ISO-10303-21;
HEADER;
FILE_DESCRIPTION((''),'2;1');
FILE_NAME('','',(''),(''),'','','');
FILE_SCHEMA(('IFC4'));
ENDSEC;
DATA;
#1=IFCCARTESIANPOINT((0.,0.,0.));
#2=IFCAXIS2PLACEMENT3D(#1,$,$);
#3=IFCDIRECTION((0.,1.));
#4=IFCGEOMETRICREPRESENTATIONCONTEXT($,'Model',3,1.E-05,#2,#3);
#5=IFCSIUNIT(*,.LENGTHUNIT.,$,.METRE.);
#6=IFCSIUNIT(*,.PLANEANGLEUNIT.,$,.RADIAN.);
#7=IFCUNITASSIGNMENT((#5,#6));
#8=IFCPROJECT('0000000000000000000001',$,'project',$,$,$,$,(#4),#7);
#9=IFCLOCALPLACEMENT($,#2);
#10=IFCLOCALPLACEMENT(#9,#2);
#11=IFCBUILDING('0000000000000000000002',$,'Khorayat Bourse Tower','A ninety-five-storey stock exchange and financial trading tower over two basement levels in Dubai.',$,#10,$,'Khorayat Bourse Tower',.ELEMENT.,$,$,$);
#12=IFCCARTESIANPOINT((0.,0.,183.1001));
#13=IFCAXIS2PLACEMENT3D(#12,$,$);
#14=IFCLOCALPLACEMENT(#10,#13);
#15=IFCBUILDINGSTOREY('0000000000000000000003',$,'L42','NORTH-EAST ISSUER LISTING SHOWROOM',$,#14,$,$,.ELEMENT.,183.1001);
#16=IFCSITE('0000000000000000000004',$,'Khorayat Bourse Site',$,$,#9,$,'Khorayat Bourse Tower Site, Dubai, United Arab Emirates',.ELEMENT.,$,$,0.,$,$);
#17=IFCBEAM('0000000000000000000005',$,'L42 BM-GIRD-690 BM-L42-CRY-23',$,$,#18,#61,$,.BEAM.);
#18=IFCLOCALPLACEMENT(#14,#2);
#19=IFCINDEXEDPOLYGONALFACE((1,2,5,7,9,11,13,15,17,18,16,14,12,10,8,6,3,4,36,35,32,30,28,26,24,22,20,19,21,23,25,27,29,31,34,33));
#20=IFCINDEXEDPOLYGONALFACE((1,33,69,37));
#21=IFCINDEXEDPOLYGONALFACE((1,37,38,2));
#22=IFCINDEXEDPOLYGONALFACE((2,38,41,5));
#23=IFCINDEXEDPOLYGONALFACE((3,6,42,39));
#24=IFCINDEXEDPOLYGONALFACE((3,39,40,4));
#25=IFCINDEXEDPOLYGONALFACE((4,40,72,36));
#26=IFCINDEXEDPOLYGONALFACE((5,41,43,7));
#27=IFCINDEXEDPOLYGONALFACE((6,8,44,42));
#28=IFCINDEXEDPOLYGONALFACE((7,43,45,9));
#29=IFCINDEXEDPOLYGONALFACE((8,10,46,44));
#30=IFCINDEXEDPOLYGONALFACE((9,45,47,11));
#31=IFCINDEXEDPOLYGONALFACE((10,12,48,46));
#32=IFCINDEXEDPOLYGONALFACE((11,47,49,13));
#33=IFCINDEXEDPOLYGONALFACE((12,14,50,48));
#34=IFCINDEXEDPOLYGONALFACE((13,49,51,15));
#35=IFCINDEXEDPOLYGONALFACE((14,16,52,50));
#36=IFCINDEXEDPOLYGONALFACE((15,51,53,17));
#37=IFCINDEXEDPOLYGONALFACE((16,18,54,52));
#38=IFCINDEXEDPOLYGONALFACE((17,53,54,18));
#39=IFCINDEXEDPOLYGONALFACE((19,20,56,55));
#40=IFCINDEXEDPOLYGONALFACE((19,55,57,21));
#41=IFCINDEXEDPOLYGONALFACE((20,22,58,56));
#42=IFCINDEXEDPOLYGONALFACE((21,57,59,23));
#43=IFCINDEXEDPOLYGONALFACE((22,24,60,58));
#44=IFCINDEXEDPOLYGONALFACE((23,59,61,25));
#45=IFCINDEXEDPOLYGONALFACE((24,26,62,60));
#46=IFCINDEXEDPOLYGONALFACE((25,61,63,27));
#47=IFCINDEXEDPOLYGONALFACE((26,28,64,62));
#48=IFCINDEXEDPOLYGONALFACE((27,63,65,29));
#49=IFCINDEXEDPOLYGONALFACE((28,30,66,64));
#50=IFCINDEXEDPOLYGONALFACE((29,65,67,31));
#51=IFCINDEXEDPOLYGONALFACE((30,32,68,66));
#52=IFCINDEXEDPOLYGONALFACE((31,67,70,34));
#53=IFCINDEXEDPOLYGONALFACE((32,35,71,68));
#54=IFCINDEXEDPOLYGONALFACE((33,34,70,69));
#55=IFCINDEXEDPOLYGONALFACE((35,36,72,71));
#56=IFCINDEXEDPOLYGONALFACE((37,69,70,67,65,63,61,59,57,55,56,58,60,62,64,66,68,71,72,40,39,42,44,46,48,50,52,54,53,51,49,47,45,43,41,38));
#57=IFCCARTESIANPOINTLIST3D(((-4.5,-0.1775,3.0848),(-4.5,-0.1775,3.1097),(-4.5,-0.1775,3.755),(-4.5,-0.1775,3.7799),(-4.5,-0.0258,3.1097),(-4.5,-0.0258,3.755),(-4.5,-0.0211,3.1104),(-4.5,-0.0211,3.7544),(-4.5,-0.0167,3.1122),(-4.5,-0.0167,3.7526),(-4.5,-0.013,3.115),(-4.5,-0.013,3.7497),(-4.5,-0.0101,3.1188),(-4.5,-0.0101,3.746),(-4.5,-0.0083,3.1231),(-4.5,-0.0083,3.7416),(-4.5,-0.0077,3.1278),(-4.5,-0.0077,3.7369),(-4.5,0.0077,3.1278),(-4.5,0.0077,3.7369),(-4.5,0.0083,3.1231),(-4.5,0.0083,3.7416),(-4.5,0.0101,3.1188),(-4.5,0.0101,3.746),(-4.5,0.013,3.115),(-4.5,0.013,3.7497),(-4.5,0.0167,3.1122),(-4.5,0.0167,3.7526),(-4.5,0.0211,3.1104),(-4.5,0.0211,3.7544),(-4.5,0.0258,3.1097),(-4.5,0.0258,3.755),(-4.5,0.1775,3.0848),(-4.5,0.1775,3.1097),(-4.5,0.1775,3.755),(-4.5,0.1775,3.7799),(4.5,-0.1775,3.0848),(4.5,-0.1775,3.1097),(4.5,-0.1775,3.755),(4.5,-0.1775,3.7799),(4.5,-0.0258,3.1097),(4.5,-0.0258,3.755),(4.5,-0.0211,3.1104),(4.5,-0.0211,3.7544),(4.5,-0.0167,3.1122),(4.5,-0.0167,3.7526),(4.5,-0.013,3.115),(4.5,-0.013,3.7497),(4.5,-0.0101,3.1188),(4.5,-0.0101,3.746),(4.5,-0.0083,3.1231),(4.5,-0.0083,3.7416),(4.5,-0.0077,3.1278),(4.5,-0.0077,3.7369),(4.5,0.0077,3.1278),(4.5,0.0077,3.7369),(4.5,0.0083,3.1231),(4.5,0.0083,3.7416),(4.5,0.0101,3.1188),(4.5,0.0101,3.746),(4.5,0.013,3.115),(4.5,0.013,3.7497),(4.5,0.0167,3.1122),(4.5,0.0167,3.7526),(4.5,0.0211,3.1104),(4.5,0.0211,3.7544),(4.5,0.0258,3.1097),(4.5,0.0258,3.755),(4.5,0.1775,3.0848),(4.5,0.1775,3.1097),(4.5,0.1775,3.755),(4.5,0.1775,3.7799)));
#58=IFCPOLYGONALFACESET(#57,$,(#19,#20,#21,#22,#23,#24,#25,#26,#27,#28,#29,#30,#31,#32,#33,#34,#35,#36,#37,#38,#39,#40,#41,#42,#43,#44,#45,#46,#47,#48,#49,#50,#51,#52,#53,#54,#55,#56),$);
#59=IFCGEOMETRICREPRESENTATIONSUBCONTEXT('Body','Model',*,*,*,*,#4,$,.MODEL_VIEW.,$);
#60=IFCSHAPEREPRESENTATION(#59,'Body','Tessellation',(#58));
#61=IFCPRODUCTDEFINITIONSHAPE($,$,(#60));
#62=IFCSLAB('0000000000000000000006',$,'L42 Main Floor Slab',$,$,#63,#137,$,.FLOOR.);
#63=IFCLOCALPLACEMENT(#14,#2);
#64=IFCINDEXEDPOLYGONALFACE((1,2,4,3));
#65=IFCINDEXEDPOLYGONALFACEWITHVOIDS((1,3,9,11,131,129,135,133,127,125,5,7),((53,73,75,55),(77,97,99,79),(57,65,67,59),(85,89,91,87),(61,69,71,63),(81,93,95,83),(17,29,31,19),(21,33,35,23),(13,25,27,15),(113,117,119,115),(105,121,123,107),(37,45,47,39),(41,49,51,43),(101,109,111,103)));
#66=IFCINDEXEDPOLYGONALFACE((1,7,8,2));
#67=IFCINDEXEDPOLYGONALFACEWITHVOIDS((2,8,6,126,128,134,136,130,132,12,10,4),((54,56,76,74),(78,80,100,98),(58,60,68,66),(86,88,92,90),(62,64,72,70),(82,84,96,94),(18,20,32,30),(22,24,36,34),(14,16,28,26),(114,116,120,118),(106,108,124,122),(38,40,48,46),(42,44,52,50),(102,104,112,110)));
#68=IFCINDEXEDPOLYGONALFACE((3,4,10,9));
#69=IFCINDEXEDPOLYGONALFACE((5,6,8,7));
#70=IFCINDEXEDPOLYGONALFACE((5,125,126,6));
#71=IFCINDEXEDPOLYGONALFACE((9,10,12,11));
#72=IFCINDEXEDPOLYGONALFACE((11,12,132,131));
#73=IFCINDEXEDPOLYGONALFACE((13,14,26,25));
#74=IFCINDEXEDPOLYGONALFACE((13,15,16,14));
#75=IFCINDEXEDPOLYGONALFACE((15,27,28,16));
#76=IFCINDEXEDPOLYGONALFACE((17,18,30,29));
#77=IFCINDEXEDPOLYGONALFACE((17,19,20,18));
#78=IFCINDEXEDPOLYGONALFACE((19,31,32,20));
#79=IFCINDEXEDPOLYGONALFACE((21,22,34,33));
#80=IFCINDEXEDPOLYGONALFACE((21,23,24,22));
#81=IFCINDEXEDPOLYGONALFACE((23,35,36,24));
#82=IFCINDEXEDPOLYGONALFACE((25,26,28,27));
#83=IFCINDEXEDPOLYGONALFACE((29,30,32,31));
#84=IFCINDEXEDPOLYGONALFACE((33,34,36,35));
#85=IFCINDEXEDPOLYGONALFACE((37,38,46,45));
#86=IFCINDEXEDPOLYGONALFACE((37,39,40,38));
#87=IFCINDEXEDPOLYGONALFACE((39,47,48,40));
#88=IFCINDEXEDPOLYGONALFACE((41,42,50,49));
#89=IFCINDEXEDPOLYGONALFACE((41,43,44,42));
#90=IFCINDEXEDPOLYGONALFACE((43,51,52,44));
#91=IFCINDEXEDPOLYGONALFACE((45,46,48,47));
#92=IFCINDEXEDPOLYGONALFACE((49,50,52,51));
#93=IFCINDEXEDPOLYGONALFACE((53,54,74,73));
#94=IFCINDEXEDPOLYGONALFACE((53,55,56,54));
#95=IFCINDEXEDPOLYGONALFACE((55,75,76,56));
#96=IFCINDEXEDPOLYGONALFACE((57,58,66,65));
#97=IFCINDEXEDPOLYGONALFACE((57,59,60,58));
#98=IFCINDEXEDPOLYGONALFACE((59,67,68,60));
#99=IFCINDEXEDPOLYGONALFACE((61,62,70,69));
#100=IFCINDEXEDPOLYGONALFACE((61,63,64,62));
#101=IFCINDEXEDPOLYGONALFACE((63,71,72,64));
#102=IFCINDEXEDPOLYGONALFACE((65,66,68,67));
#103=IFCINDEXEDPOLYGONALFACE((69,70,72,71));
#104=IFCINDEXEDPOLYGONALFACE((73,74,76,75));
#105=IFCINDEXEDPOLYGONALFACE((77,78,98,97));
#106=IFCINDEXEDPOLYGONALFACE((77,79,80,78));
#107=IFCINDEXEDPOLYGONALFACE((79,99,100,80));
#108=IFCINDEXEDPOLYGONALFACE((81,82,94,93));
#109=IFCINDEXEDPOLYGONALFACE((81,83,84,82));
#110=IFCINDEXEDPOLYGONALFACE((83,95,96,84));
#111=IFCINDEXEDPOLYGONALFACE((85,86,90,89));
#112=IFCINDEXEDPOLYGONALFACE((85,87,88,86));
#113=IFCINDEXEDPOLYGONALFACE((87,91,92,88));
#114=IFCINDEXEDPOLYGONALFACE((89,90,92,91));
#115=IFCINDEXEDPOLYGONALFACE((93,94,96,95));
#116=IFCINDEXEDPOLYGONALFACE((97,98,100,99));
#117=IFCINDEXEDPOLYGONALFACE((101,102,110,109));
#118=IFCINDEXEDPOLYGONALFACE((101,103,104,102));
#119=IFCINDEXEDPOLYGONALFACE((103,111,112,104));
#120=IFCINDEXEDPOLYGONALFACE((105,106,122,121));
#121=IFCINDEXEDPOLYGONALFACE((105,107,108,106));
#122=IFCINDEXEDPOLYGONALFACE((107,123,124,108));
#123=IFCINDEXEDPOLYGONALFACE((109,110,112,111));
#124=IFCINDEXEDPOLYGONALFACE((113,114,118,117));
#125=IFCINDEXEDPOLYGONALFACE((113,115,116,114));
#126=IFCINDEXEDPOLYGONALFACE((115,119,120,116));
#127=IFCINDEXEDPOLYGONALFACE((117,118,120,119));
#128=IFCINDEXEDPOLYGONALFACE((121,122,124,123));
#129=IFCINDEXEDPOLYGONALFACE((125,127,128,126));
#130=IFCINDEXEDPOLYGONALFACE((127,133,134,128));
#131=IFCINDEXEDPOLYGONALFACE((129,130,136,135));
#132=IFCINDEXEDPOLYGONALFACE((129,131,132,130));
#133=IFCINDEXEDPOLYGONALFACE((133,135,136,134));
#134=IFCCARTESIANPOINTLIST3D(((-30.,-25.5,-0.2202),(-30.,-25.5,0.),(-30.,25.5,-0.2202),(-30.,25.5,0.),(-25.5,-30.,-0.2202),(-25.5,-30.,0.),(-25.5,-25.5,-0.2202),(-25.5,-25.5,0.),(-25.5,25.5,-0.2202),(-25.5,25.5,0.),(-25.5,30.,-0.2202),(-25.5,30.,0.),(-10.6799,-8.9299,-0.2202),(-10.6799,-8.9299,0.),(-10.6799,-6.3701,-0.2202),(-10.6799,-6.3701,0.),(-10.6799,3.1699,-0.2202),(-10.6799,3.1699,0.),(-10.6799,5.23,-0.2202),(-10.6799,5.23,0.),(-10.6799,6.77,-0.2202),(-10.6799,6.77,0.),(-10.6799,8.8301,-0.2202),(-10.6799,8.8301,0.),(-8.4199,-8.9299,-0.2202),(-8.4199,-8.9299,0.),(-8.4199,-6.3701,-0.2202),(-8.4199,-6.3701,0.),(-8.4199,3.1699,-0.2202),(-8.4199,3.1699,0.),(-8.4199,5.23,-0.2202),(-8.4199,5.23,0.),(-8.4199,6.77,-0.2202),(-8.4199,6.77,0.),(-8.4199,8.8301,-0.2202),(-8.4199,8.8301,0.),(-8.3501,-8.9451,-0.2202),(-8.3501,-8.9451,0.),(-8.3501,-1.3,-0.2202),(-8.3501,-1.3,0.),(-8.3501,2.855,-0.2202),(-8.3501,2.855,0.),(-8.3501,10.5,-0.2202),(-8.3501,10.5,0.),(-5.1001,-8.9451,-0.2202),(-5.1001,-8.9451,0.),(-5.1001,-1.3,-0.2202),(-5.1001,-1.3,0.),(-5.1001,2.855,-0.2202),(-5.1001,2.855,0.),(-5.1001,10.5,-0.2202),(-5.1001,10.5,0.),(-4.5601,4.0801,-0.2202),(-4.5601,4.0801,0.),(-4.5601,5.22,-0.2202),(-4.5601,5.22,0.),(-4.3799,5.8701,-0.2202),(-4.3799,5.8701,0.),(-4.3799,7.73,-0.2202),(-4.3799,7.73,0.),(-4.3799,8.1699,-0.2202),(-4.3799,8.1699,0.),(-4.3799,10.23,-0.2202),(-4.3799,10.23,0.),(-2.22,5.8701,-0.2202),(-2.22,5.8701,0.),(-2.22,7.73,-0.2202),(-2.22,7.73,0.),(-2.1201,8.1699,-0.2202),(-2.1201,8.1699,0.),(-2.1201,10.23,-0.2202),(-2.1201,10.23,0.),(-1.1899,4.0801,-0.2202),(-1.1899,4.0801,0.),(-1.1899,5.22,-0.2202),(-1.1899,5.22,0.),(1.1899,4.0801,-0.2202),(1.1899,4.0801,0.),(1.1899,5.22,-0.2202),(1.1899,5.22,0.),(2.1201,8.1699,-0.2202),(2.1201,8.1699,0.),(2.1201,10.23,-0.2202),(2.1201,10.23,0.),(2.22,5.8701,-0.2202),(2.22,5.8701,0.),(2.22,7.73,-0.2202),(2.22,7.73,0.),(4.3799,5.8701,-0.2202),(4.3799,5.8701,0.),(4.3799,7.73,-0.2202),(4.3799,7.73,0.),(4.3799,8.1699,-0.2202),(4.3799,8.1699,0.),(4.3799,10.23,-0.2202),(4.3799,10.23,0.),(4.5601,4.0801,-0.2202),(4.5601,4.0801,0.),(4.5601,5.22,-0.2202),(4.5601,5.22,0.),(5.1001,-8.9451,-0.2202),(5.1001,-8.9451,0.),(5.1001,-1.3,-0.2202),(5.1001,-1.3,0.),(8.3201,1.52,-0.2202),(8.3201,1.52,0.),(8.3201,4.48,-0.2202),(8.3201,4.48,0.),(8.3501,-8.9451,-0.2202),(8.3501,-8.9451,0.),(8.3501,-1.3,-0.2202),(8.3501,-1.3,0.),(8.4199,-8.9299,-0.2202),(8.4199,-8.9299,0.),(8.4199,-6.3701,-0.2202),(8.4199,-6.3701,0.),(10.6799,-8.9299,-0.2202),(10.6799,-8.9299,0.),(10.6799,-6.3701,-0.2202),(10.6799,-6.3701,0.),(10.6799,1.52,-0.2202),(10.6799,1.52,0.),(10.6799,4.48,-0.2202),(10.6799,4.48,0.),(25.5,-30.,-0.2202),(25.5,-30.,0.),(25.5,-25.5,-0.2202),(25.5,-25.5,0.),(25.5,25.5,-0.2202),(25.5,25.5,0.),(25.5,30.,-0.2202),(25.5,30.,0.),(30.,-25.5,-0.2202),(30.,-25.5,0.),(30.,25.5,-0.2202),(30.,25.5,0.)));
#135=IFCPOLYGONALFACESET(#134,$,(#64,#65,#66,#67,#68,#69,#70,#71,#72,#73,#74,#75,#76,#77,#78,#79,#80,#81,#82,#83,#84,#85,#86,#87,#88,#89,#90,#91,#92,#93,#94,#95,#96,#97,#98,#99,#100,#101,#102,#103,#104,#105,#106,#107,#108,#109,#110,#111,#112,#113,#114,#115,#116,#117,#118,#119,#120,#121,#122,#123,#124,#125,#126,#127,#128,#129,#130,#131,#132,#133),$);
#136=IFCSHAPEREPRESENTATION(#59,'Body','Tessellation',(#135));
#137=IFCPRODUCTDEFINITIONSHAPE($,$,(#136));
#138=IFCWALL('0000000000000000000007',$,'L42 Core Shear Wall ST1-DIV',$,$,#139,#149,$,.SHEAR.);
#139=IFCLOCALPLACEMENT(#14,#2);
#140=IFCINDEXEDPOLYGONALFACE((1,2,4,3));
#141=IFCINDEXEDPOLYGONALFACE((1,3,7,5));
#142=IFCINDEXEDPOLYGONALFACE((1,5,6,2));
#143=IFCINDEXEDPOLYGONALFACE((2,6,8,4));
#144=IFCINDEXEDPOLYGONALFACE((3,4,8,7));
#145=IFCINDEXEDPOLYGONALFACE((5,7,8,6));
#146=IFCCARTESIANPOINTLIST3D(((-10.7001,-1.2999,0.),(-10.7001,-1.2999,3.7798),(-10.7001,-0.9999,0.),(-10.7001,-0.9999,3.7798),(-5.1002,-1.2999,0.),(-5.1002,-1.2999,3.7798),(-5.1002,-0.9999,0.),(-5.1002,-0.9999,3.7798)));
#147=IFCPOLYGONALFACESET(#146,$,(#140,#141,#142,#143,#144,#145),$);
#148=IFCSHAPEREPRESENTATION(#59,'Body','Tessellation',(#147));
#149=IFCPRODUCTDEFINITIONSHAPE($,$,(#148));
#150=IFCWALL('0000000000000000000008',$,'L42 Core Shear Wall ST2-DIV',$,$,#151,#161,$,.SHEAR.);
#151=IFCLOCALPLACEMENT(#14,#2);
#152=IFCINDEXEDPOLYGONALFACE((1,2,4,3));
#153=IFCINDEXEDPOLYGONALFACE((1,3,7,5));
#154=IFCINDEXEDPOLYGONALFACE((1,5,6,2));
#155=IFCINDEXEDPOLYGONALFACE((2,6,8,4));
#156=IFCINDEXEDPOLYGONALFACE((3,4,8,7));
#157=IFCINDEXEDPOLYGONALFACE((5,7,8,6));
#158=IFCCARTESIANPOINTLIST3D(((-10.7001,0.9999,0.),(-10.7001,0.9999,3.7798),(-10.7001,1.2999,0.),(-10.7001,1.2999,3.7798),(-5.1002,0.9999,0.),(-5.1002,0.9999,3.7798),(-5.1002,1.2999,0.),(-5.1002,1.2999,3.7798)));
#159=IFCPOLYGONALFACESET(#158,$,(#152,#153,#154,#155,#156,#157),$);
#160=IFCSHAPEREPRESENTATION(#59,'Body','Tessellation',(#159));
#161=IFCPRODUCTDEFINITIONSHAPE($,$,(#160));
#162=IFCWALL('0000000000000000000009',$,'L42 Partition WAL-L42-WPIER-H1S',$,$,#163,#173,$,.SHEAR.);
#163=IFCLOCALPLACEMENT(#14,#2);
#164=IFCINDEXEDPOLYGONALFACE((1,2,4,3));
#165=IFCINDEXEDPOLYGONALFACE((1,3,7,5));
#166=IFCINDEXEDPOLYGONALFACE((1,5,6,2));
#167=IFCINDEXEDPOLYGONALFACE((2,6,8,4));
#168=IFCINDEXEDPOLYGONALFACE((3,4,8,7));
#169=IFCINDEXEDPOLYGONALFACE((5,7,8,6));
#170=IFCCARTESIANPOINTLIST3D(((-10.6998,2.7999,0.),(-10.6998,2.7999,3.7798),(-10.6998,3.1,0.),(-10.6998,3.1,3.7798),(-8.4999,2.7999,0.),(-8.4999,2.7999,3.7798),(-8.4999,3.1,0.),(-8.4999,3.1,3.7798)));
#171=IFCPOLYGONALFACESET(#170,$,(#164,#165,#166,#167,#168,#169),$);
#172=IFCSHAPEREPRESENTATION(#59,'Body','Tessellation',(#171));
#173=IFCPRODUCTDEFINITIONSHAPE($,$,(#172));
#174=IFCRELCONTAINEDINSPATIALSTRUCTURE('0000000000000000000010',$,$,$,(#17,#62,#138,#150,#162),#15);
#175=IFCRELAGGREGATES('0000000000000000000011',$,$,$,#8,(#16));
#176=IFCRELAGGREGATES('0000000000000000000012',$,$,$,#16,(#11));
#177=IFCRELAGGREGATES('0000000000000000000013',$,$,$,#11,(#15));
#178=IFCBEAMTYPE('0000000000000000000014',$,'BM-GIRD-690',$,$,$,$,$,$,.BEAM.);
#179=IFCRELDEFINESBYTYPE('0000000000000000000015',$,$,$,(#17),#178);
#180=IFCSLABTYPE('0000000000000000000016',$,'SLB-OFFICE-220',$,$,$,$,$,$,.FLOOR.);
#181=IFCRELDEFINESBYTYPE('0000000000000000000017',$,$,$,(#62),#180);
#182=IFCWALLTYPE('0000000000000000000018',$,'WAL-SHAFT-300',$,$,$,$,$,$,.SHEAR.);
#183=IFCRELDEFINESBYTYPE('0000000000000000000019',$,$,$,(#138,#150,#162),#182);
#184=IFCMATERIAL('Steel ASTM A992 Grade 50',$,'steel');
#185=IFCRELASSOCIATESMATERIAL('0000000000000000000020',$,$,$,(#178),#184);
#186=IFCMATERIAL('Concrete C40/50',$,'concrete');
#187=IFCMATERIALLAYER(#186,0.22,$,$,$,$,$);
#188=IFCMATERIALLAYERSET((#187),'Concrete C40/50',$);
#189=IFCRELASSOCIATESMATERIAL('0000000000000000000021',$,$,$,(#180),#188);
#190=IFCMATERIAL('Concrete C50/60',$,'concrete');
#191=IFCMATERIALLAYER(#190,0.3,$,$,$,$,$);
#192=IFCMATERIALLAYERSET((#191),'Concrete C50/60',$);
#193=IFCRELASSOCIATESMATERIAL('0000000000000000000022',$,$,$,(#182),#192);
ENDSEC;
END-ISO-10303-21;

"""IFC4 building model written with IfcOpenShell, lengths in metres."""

from ifc_helpers import new_model, si_unit, direction, frame, frame_2d, origin, origin_2d, place, context, subcontext, project, spatial, polyline, rectangle, i_section, outline, extrude, source, transform, mapped, material, layer, layer_set, material_profile, profile_set, type_object, element, save


model = new_model("IFC4")

# Units and contexts
model_context = context("Model", 3, precision=1e-05, world=origin(), true_north=direction((0.0, 1.0)))
body_context = subcontext(model_context, "Body", "Model", "MODEL_VIEW")
ifc_project = project(units=[si_unit("LENGTHUNIT", "METRE"), si_unit("PLANEANGLEUNIT", "RADIAN")], contexts=[model_context])

# Site, building, storey
site_placement = place(None, origin())
site = spatial("IfcSite", under=ifc_project, at=site_placement, Name="Khorayat Bourse Site", LongName="Khorayat Bourse Tower Site, Dubai, United Arab Emirates", CompositionType="ELEMENT", RefElevation=0.0)
building_placement = place(site_placement, origin())
building = spatial("IfcBuilding", under=site, at=building_placement, Name="Khorayat Bourse Tower", Description="A ninety-five-storey stock exchange and financial trading tower over two basement levels in Dubai.", LongName="Khorayat Bourse Tower", CompositionType="ELEMENT")
storey_placement = place(building_placement, frame((0.0, 0.0, 183.1001)))
storey = spatial("IfcBuildingStorey", under=building, at=storey_placement, Name="L42", Description="NORTH-EAST ISSUER LISTING SHOWROOM", CompositionType="ELEMENT", Elevation=183.1001)

# Beam
ifc_material_1 = material(Name="Steel ASTM A992 Grade 50", Category="steel")
ifc_material_profile_1 = material_profile(ifc_material_1, i_section(OverallWidth=0.355, OverallDepth=0.6951, WebThickness=0.0154, FlangeThickness=0.0249, FilletRadius=0.0181, at=origin_2d()), Name="W690X217")
ifc_profile_set_1 = profile_set([ifc_material_profile_1], Name="Steel ASTM A992 Grade 50")
beam_type = type_object("IfcBeamType", Name="BM-GIRD-690", PredefinedType="BEAM", material=ifc_profile_set_1)
shared_shape_1 = source(origin(), body_context, "Body", "SweptSolid", [
    extrude(i_section(OverallWidth=0.355, OverallDepth=0.6951, WebThickness=0.0154, FlangeThickness=0.0249, FilletRadius=0.0181, at=origin_2d()), origin(), (0.0, 0.0, 1.0), 9.0),
])
beam_1_placement = place(storey_placement, frame((-4.5, 0.0, 3.4324), z_axis=(1.0, 0.0, 0.0), x_axis=(0.0, 1.0, 0.0)))
element("IfcBeam", 1, at=beam_1_placement, inside=storey, type_object=beam_type, Name="L42 BM-GIRD-690 BM-L42-CRY-23", PredefinedType="BEAM", context=body_context, shape_type="MappedRepresentation", body=[
    mapped(shared_shape_1, transform((0.0, 0.0, 0.0), scale=1.0)),
])

# Slab
ifc_material_2 = material(Name="Concrete C40/50", Category="concrete")
ifc_layer_1 = layer(ifc_material_2, 0.22)
ifc_layer_set_1 = layer_set([ifc_layer_1], Name="Concrete C40/50")
slab_type = type_object("IfcSlabType", Name="SLB-OFFICE-220", PredefinedType="FLOOR", material=ifc_layer_set_1)
slab_placement = place(storey_placement, frame((0.0, 0.0, -0.2202)))
element("IfcSlab", 2, at=slab_placement, inside=storey, type_object=slab_type, Name="L42 Main Floor Slab", PredefinedType="FLOOR", context=body_context, shape_type="SweptSolid", body=[
    extrude(outline(polyline([(-25.5, -30.0), (25.5, -30.0), (25.5, -25.5), (30.0, -25.5), (30.0, 25.5), (25.5, 25.5), (25.5, 30.0), (-25.5, 30.0), (-25.5, 25.5), (-30.0, 25.5), (-30.0, -25.5), (-25.5, -25.5), (-25.5, -30.0)]), holes=[polyline([(-8.3501, -8.9451), (-5.1001, -8.9451), (-5.1001, -1.3), (-8.3501, -1.3), (-8.3501, -8.9451)]), polyline([(-8.3501, 2.855), (-5.1001, 2.855), (-5.1001, 10.5), (-8.3501, 10.5), (-8.3501, 2.855)]), polyline([(5.1001, -8.9451), (8.3501, -8.9451), (8.3501, -1.3), (5.1001, -1.3), (5.1001, -8.9451)]), polyline([(-4.3799, 8.1699), (-2.1201, 8.1699), (-2.1201, 10.23), (-4.3799, 10.23), (-4.3799, 8.1699)]), polyline([(2.1201, 8.1699), (4.3799, 8.1699), (4.3799, 10.23), (2.1201, 10.23), (2.1201, 8.1699)]), polyline([(-4.3799, 5.8701), (-2.22, 5.8701), (-2.22, 7.73), (-4.3799, 7.73), (-4.3799, 5.8701)]), polyline([(2.22, 5.8701), (4.3799, 5.8701), (4.3799, 7.73), (2.22, 7.73), (2.22, 5.8701)]), polyline([(-10.6799, 3.1699), (-8.4199, 3.1699), (-8.4199, 5.23), (-10.6799, 5.23), (-10.6799, 3.1699)]), polyline([(-10.6799, 6.77), (-8.4199, 6.77), (-8.4199, 8.8301), (-10.6799, 8.8301), (-10.6799, 6.77)]), polyline([(-10.6799, -8.9299), (-8.4199, -8.9299), (-8.4199, -6.3701), (-10.6799, -6.3701), (-10.6799, -8.9299)]), polyline([(8.4199, -8.9299), (10.6799, -8.9299), (10.6799, -6.3701), (8.4199, -6.3701), (8.4199, -8.9299)]), polyline([(8.3201, 1.52), (10.6799, 1.52), (10.6799, 4.48), (8.3201, 4.48), (8.3201, 1.52)]), polyline([(-4.5601, 4.0801), (-1.1899, 4.0801), (-1.1899, 5.22), (-4.5601, 5.22), (-4.5601, 4.0801)]), polyline([(1.1899, 4.0801), (4.5601, 4.0801), (4.5601, 5.22), (1.1899, 5.22), (1.1899, 4.0801)])]), origin(), (0.0, 0.0, 1.0), 0.2202),
])

# Walls
ifc_material_3 = material(Name="Concrete C50/60", Category="concrete")
ifc_layer_2 = layer(ifc_material_3, 0.3)
ifc_layer_set_2 = layer_set([ifc_layer_2], Name="Concrete C50/60")
wall_type_1 = type_object("IfcWallType", Name="WAL-SHAFT-300", PredefinedType="SHEAR", material=ifc_layer_set_2)
shared_shape_2 = source(origin(), body_context, "Body", "SweptSolid", [
    extrude(rectangle(XDim=5.5999, YDim=0.3, at=frame_2d((2.7998, 0.0))), origin(), (0.0, 0.0, 1.0), 3.7798),
])
for number, where, z_axis, x_axis, name in (
    (3, (-10.7, -1.1499, 0.0), (0.0, 0.0, 1.0), (1.0, 0.0, 0.0), "L42 Core Shear Wall ST1-DIV"),
    (4, (-10.7, 1.1499, 0.0), (0.0, 0.0, 1.0), (1.0, 0.0, 0.0), "L42 Core Shear Wall ST2-DIV"),
):
    element("IfcWall", number, at=place(storey_placement, frame(where, z_axis=z_axis, x_axis=x_axis)), inside=storey, type_object=wall_type_1, Name=name, PredefinedType="SHEAR", context=body_context, shape_type="MappedRepresentation", body=[
        mapped(shared_shape_2, transform((0.0, 0.0, 0.0), scale=1.0)),
    ])
shared_shape_3 = source(origin(), body_context, "Body", "SweptSolid", [
    extrude(rectangle(XDim=2.2, YDim=0.3, at=frame_2d((1.1001, 0.0))), origin(), (0.0, 0.0, 1.0), 3.7798),
])
for number, where, z_axis, x_axis, name in (
    (5, (-10.7, 2.95, 0.0), (0.0, 0.0, 1.0), (1.0, 0.0, 0.0), "L42 Partition WAL-L42-WPIER-H1S"),
):
    element("IfcWall", number, at=place(storey_placement, frame(where, z_axis=z_axis, x_axis=x_axis)), inside=storey, type_object=wall_type_1, Name=name, PredefinedType="SHEAR", context=body_context, shape_type="MappedRepresentation", body=[
        mapped(shared_shape_3, transform((0.0, 0.0, 0.0), scale=1.0)),
    ])

save(model, "model.ifc")
